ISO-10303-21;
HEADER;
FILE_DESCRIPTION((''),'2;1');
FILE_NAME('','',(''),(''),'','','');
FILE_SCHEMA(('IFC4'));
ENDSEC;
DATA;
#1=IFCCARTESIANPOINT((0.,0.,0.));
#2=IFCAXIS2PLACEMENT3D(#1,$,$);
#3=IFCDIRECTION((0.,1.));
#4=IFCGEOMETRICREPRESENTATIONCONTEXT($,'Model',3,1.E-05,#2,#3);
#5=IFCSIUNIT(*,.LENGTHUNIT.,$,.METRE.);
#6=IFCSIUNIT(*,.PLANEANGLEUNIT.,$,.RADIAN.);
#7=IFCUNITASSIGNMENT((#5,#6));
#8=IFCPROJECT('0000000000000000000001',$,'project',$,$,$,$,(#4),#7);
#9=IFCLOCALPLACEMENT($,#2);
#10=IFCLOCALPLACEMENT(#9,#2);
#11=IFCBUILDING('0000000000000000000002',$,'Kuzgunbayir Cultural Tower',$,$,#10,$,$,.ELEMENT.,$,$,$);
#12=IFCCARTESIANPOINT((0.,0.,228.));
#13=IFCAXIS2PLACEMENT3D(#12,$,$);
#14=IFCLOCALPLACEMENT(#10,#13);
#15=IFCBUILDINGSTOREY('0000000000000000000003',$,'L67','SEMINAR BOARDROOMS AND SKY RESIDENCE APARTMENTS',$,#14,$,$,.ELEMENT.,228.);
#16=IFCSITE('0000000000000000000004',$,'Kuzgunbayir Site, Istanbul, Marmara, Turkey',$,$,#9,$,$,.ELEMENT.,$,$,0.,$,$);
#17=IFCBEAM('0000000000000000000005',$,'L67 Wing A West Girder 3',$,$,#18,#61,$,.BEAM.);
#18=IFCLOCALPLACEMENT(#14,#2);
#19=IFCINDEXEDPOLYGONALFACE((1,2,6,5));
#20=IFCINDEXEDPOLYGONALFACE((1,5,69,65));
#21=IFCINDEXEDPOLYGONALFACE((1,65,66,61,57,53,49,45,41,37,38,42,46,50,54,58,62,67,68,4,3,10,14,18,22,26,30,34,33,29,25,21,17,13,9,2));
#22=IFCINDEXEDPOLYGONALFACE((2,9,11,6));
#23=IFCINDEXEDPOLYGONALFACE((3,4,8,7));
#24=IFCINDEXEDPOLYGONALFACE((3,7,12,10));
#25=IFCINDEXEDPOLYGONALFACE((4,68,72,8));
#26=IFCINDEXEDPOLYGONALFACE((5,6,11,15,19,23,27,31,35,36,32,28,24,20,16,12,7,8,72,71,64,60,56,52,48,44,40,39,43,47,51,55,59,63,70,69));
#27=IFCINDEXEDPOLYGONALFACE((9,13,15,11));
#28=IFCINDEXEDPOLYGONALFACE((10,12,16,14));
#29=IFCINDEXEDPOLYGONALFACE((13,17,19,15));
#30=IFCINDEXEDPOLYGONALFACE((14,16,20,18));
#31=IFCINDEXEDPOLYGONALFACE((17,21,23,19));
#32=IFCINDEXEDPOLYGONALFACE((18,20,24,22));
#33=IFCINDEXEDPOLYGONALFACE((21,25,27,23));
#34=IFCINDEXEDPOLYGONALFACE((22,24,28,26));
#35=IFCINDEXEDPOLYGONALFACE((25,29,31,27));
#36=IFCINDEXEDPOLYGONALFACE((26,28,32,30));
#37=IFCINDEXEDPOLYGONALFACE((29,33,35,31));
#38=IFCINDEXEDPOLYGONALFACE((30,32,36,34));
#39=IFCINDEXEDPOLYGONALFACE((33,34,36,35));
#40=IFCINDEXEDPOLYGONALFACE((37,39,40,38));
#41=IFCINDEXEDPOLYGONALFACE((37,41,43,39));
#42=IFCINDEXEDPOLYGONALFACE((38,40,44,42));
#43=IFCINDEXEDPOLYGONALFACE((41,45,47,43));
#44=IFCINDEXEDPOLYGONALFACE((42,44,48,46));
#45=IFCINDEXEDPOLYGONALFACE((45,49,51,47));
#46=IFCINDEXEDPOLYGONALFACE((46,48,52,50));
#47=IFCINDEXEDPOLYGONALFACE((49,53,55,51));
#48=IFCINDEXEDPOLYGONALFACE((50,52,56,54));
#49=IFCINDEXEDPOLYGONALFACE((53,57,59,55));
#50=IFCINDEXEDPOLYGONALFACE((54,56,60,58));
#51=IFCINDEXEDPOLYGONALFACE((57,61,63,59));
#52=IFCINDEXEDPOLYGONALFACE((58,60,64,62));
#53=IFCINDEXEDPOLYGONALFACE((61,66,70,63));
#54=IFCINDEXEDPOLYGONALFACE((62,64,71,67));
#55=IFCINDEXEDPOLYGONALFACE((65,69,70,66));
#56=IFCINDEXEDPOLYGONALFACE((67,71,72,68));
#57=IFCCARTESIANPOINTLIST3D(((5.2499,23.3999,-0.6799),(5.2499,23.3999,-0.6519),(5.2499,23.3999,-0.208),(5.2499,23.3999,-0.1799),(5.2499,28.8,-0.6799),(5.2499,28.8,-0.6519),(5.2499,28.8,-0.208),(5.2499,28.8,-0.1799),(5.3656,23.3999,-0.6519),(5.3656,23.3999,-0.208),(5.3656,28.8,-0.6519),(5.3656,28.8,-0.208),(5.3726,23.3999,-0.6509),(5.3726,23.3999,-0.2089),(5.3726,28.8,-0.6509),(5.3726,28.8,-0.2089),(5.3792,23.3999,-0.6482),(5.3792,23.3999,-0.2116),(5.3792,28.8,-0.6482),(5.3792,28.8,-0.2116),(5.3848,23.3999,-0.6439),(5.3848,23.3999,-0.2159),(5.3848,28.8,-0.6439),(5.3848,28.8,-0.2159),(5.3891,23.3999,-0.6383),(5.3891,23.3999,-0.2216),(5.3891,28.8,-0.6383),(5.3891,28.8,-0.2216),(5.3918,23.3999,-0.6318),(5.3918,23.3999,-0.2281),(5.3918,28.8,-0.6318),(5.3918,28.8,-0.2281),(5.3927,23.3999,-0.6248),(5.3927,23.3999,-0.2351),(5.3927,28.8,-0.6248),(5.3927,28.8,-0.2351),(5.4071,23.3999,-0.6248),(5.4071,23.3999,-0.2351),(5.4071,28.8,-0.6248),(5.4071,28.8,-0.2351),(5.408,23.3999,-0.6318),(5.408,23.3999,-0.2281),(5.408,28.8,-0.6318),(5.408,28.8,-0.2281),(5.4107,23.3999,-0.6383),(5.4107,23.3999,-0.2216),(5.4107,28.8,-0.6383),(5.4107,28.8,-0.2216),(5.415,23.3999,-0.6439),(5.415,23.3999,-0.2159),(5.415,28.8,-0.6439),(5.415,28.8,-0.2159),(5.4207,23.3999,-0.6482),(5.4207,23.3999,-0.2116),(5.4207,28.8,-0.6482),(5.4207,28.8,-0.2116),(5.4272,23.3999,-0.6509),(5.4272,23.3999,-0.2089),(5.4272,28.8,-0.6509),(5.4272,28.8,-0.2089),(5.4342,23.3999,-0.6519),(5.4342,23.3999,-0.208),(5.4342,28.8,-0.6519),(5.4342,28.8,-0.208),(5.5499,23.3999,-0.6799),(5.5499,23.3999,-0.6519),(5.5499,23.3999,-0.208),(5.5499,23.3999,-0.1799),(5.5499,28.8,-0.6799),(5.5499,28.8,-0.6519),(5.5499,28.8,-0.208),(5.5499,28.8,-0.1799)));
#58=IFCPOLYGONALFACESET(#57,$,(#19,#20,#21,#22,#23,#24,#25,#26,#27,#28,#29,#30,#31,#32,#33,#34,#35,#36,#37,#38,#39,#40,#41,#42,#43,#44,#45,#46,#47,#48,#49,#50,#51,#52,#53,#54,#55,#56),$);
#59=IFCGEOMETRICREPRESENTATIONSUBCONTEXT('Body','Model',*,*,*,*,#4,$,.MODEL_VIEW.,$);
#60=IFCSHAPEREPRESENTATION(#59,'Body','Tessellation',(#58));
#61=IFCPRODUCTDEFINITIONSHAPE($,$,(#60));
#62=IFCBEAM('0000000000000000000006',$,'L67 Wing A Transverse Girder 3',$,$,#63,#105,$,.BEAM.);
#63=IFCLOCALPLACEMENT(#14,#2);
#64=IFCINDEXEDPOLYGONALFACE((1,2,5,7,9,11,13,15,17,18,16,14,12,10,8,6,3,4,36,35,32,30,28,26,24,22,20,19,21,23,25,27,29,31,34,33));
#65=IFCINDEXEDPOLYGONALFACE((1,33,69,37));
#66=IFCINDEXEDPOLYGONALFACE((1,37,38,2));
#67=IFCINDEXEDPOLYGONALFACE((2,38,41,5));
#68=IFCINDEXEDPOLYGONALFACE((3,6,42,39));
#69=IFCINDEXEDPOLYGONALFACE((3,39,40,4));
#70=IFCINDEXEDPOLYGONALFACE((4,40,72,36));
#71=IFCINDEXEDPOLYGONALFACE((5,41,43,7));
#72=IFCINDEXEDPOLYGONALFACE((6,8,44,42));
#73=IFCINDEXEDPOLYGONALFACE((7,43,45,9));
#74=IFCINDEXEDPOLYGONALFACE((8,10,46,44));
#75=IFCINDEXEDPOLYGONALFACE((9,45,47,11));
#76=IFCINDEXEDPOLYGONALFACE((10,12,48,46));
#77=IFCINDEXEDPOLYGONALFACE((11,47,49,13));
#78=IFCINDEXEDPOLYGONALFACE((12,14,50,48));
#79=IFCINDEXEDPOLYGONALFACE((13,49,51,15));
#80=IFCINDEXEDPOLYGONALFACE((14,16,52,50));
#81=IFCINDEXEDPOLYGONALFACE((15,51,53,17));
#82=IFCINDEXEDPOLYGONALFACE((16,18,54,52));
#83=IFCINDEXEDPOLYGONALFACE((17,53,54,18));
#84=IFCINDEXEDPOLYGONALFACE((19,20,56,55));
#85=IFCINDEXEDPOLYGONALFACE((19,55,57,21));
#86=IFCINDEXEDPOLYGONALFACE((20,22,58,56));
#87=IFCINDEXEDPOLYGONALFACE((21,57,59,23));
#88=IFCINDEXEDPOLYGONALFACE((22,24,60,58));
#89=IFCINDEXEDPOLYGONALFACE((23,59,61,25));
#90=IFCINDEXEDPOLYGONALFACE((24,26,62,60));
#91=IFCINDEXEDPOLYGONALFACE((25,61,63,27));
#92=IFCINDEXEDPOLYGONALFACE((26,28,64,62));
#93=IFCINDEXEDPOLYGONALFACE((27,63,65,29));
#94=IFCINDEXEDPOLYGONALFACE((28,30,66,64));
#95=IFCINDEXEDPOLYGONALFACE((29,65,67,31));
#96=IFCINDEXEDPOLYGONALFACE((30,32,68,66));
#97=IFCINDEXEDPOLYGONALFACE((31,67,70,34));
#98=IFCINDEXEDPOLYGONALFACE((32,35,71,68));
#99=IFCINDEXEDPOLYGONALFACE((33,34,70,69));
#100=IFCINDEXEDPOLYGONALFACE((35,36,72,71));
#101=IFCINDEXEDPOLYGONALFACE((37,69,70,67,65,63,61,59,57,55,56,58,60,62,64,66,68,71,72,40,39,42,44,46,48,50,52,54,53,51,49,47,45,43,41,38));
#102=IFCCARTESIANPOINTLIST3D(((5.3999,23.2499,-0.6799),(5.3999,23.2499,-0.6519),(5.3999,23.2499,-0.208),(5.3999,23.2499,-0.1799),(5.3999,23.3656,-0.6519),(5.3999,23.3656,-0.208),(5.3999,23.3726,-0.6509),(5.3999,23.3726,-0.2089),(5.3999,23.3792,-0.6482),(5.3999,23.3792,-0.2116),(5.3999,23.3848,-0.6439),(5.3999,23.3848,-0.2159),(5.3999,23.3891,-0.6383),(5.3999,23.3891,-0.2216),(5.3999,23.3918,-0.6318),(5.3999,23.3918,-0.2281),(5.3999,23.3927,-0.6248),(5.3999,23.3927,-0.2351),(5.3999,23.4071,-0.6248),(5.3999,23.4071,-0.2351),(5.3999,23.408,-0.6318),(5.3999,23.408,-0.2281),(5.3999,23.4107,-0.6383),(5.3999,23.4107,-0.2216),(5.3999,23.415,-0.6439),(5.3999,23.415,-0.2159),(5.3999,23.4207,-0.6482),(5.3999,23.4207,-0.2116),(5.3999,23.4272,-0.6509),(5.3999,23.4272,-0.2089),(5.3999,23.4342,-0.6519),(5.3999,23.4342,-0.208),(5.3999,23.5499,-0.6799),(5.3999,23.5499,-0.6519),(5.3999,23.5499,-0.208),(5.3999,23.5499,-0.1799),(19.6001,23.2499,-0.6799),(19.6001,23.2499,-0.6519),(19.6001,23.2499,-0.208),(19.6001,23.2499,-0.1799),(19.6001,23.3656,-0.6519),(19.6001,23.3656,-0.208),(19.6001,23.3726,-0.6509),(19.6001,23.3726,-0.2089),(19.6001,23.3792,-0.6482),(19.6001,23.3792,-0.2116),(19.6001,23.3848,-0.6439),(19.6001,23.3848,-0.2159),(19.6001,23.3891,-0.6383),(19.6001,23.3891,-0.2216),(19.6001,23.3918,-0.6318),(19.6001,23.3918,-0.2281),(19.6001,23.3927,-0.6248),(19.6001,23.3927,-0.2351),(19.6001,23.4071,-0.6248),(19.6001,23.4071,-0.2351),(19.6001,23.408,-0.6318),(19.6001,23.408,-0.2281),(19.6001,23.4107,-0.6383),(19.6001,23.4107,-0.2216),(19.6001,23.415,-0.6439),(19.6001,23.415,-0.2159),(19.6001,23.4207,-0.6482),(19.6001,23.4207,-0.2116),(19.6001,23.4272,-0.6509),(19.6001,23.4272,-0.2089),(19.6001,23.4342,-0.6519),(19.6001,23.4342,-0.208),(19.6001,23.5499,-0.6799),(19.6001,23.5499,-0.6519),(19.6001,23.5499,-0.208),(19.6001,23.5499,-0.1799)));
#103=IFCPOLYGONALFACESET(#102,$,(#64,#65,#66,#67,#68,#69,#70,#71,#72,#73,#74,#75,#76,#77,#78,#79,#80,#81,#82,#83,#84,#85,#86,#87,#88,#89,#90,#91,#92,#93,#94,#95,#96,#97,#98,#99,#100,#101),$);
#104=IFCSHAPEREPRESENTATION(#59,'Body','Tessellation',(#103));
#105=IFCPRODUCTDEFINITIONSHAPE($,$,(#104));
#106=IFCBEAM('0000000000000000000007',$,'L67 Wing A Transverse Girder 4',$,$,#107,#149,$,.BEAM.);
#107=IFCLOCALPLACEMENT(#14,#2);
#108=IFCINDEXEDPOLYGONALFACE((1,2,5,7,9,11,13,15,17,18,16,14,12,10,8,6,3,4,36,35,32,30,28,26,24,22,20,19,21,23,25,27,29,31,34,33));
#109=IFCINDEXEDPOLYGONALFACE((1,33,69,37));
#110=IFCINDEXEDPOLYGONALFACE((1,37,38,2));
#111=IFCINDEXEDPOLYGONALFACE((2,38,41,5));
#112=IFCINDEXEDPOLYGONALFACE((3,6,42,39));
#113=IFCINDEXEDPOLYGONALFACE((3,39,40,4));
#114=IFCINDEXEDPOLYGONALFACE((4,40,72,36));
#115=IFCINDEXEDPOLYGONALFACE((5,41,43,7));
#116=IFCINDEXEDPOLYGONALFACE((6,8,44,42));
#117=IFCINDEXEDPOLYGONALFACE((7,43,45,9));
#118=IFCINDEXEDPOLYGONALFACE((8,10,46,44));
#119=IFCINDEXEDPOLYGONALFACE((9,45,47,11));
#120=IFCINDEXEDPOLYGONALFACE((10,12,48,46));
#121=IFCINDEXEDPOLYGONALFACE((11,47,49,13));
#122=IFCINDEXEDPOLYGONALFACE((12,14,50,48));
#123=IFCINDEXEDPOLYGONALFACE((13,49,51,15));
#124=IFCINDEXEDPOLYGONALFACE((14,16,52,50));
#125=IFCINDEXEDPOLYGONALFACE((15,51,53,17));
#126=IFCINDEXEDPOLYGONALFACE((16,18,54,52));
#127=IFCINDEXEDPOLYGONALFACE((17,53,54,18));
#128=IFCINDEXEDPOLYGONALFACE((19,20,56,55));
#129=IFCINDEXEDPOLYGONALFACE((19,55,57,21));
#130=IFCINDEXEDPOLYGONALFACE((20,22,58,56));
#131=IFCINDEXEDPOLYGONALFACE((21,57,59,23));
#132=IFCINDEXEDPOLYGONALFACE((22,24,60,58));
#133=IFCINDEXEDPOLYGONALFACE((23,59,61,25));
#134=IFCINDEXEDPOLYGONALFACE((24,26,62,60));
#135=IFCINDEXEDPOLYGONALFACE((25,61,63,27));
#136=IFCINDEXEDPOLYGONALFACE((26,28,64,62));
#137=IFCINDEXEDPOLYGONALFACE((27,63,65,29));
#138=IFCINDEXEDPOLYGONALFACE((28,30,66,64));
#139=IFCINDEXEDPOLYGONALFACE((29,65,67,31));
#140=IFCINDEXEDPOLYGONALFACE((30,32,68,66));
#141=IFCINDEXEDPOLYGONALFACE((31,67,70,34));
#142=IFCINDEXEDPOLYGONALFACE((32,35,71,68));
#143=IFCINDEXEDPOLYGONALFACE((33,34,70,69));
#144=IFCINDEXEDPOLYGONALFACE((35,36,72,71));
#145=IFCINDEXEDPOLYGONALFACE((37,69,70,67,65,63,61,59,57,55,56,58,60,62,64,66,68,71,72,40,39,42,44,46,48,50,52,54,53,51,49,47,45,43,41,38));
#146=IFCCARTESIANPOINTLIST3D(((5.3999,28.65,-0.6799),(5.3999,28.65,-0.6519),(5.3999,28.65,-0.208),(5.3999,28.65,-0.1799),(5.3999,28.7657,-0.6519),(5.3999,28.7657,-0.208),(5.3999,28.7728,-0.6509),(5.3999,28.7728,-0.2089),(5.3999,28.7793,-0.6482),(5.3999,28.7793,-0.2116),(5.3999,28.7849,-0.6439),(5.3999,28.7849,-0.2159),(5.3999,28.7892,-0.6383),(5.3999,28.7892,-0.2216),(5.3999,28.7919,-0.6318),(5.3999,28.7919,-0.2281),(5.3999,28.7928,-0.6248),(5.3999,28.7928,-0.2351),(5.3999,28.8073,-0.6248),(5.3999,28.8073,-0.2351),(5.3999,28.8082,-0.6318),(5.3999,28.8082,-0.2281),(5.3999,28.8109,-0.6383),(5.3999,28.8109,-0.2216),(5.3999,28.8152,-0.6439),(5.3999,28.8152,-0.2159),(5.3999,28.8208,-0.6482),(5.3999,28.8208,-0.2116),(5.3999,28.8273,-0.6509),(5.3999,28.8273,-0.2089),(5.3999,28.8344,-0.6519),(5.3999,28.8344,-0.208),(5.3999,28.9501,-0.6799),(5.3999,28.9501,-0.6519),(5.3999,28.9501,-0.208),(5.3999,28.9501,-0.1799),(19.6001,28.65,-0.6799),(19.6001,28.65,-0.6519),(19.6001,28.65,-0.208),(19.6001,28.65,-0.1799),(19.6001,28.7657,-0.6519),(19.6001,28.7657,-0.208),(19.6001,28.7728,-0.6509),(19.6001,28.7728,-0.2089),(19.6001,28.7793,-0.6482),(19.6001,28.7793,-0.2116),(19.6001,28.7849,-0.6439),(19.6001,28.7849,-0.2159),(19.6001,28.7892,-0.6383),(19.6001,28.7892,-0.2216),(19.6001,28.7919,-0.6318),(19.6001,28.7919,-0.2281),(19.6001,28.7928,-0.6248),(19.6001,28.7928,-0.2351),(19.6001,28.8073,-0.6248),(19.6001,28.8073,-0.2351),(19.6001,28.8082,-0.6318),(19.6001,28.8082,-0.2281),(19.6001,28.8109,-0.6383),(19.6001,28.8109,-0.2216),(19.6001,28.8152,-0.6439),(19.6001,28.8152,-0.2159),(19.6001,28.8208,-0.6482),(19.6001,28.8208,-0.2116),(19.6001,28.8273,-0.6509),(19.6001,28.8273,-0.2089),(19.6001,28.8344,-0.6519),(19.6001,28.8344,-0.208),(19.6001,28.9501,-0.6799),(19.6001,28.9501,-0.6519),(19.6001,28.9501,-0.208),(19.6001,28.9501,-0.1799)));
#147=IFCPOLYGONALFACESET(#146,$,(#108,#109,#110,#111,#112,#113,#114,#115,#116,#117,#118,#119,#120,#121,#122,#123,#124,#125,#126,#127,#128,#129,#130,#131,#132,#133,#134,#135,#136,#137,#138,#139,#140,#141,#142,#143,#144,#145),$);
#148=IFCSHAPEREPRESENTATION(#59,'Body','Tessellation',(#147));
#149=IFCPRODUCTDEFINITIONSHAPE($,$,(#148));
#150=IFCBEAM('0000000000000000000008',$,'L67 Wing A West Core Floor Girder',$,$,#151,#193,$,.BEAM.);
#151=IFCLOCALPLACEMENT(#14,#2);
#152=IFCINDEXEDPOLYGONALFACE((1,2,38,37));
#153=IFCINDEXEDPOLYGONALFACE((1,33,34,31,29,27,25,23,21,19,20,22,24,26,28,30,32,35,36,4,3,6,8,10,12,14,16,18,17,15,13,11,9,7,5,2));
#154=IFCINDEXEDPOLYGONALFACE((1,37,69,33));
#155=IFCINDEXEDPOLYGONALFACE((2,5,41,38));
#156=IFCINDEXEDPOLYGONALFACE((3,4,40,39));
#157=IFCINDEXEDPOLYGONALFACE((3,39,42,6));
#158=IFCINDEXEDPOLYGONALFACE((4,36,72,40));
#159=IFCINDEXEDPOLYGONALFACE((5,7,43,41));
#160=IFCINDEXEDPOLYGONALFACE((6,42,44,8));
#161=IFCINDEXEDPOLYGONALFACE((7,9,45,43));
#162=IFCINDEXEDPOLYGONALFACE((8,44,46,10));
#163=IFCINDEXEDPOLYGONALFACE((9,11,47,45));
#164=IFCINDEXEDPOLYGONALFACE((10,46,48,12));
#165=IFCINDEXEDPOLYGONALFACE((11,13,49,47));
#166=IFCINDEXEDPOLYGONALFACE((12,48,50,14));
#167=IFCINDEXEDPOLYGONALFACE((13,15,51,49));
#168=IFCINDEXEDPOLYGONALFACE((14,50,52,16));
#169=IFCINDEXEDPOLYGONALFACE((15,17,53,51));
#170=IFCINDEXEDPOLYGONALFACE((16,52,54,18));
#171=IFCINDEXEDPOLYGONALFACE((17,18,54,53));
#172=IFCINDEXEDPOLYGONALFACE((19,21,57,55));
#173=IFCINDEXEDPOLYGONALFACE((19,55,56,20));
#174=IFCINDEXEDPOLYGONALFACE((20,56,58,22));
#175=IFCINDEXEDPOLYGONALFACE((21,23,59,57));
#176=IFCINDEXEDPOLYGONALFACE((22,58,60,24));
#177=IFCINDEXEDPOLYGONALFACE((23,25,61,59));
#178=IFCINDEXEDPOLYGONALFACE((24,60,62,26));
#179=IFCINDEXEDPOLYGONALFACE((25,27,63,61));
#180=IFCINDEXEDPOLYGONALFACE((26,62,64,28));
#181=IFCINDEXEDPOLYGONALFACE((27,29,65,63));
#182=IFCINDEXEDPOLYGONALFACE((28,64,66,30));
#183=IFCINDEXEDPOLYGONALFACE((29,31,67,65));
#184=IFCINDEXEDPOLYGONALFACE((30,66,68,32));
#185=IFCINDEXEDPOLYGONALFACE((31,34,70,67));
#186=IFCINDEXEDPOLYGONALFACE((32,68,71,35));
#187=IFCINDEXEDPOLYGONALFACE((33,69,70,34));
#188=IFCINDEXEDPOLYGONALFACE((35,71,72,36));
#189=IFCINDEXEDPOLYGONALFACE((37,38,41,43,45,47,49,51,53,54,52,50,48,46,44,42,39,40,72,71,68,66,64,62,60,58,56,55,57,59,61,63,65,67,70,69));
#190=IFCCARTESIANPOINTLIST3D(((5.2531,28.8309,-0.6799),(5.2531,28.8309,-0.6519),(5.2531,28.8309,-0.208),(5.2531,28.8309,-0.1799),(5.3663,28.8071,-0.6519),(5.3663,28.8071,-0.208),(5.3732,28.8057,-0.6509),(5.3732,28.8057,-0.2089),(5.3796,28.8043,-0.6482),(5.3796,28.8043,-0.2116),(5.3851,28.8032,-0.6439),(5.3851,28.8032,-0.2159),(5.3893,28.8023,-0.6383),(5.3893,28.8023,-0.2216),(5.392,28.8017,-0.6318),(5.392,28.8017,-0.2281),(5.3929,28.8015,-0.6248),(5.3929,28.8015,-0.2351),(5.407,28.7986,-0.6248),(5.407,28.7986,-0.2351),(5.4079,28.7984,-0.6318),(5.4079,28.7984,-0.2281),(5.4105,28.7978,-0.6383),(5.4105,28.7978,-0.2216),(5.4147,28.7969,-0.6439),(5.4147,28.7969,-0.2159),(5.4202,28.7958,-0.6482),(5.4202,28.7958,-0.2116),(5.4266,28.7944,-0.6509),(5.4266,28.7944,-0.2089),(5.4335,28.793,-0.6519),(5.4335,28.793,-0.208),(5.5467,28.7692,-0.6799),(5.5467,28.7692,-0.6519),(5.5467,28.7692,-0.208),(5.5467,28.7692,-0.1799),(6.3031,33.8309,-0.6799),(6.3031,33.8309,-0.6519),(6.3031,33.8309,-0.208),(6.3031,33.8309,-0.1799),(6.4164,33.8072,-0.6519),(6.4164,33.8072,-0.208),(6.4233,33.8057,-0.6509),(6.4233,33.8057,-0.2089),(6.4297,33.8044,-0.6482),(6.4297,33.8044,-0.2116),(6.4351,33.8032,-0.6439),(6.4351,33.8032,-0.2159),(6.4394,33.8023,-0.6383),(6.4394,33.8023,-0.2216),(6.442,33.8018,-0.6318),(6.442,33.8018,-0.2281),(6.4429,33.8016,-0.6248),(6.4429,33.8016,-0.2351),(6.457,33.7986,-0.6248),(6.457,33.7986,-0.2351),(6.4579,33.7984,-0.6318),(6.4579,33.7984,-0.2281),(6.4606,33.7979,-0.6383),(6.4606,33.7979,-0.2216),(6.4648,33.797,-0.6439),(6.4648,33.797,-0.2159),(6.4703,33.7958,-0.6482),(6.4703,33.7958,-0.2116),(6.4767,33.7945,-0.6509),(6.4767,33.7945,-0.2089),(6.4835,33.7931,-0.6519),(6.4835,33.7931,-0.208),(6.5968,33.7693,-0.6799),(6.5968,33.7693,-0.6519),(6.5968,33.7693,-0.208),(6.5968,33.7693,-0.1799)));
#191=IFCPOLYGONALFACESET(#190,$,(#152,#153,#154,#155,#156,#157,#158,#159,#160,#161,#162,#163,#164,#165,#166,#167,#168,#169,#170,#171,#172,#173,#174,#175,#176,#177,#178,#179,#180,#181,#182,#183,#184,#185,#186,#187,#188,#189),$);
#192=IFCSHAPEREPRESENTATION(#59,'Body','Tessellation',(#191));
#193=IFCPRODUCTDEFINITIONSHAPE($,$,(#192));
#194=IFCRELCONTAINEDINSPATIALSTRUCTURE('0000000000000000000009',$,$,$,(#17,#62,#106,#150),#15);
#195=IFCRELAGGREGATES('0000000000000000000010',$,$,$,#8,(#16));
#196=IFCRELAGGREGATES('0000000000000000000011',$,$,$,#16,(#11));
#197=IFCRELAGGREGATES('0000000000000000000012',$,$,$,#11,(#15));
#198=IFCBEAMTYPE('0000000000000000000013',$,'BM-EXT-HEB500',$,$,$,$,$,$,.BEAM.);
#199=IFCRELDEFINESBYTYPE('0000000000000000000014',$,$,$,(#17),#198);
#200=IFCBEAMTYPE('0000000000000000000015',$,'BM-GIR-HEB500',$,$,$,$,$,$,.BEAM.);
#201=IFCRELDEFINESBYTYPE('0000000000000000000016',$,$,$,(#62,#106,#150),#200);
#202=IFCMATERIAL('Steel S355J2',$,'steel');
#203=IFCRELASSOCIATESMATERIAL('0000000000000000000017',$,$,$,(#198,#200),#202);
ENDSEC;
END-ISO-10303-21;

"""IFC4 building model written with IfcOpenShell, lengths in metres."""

from ifc_helpers import new_model, si_unit, direction, frame, origin, origin_2d, place, context, subcontext, project, spatial, i_section, extrude, material, material_profile, profile_set, type_object, element, save


model = new_model("IFC4")

# Units and contexts
model_context = context("Model", 3, precision=1e-05, world=origin(), true_north=direction((0.0, 1.0)))
body_context = subcontext(model_context, "Body", "Model", "MODEL_VIEW")
ifc_project = project(units=[si_unit("LENGTHUNIT", "METRE"), si_unit("PLANEANGLEUNIT", "RADIAN")], contexts=[model_context])

# Site, building, storey
site_placement = place(None, origin())
site = spatial("IfcSite", under=ifc_project, at=site_placement, Name="Kuzgunbayir Site, Istanbul, Marmara, Turkey", CompositionType="ELEMENT", RefElevation=0.0)
building_placement = place(site_placement, origin())
building = spatial("IfcBuilding", under=site, at=building_placement, Name="Kuzgunbayir Cultural Tower", CompositionType="ELEMENT")
storey_placement = place(building_placement, frame((0.0, 0.0, 228.0)))
storey = spatial("IfcBuildingStorey", under=building, at=storey_placement, Name="L67", Description="SEMINAR BOARDROOMS AND SKY RESIDENCE APARTMENTS", CompositionType="ELEMENT", Elevation=228.0)

# Beams
ifc_material_1 = material(Name="Steel S355J2", Category="steel")
ifc_material_profile_1 = material_profile(ifc_material_1, i_section(OverallWidth=0.3, OverallDepth=0.5, WebThickness=0.0144, FlangeThickness=0.0281, FilletRadius=0.0271, at=origin_2d()), Name="HEB 500")
ifc_profile_set_1 = profile_set([ifc_material_profile_1], Name="Steel S355J2")
beam_type_1 = type_object("IfcBeamType", Name="BM-EXT-HEB500", PredefinedType="BEAM", material=ifc_profile_set_1)
beam_1_placement = place(storey_placement, frame((5.3999, 23.3999, -0.4299), z_axis=(0.0, 1.0, 0.0), x_axis=(-1.0, 0.0, 0.0)))
element("IfcBeam", 1, at=beam_1_placement, inside=storey, type_object=beam_type_1, Name="L67 Wing A West Girder 3", PredefinedType="BEAM", context=body_context, shape_type="SweptSolid", body=[
    extrude(i_section(OverallWidth=0.3, OverallDepth=0.5, WebThickness=0.0144, FlangeThickness=0.0281, FilletRadius=0.0271, at=origin_2d()), origin(), (0.0, 0.0, 1.0), 5.4001),
])
ifc_material_profile_2 = material_profile(ifc_material_1, i_section(OverallWidth=0.3, OverallDepth=0.5, WebThickness=0.0144, FlangeThickness=0.0281, FilletRadius=0.0271, at=origin_2d()), Name="HEB 500")
ifc_profile_set_2 = profile_set([ifc_material_profile_2], Name="Steel S355J2")
beam_type_2 = type_object("IfcBeamType", Name="BM-GIR-HEB500", PredefinedType="BEAM", material=ifc_profile_set_2)
for number, where, z_axis, x_axis, name in (
    (2, (5.3999, 23.3999, -0.4299), (1.0, 0.0, 0.0), (0.0, 1.0, 0.0), "L67 Wing A Transverse Girder 3"),
    (3, (5.3999, 28.8, -0.4299), (1.0, 0.0, 0.0), (0.0, 1.0, 0.0), "L67 Wing A Transverse Girder 4"),
):
    element("IfcBeam", number, at=place(storey_placement, frame(where, z_axis=z_axis, x_axis=x_axis)), inside=storey, type_object=beam_type_2, Name=name, PredefinedType="BEAM", context=body_context, shape_type="SweptSolid", body=[
        extrude(i_section(OverallWidth=0.3, OverallDepth=0.5, WebThickness=0.0144, FlangeThickness=0.0281, FilletRadius=0.0271, at=origin_2d()), origin(), (0.0, 0.0, 1.0), 14.2002),
    ])
beam_2_placement = place(storey_placement, frame((5.3999, 28.8, -0.4299), z_axis=(0.205526, 0.978652, 0.0), x_axis=(-0.978652, 0.205526, 0.0)))
element("IfcBeam", 4, at=beam_2_placement, inside=storey, type_object=beam_type_2, Name="L67 Wing A West Core Floor Girder", PredefinedType="BEAM", context=body_context, shape_type="SweptSolid", body=[
    extrude(i_section(OverallWidth=0.3, OverallDepth=0.5, WebThickness=0.0144, FlangeThickness=0.0281, FilletRadius=0.0271, at=origin_2d()), origin(), (0.0, 0.0, 1.0), 5.1091),
])

save(model, "model.ifc")
